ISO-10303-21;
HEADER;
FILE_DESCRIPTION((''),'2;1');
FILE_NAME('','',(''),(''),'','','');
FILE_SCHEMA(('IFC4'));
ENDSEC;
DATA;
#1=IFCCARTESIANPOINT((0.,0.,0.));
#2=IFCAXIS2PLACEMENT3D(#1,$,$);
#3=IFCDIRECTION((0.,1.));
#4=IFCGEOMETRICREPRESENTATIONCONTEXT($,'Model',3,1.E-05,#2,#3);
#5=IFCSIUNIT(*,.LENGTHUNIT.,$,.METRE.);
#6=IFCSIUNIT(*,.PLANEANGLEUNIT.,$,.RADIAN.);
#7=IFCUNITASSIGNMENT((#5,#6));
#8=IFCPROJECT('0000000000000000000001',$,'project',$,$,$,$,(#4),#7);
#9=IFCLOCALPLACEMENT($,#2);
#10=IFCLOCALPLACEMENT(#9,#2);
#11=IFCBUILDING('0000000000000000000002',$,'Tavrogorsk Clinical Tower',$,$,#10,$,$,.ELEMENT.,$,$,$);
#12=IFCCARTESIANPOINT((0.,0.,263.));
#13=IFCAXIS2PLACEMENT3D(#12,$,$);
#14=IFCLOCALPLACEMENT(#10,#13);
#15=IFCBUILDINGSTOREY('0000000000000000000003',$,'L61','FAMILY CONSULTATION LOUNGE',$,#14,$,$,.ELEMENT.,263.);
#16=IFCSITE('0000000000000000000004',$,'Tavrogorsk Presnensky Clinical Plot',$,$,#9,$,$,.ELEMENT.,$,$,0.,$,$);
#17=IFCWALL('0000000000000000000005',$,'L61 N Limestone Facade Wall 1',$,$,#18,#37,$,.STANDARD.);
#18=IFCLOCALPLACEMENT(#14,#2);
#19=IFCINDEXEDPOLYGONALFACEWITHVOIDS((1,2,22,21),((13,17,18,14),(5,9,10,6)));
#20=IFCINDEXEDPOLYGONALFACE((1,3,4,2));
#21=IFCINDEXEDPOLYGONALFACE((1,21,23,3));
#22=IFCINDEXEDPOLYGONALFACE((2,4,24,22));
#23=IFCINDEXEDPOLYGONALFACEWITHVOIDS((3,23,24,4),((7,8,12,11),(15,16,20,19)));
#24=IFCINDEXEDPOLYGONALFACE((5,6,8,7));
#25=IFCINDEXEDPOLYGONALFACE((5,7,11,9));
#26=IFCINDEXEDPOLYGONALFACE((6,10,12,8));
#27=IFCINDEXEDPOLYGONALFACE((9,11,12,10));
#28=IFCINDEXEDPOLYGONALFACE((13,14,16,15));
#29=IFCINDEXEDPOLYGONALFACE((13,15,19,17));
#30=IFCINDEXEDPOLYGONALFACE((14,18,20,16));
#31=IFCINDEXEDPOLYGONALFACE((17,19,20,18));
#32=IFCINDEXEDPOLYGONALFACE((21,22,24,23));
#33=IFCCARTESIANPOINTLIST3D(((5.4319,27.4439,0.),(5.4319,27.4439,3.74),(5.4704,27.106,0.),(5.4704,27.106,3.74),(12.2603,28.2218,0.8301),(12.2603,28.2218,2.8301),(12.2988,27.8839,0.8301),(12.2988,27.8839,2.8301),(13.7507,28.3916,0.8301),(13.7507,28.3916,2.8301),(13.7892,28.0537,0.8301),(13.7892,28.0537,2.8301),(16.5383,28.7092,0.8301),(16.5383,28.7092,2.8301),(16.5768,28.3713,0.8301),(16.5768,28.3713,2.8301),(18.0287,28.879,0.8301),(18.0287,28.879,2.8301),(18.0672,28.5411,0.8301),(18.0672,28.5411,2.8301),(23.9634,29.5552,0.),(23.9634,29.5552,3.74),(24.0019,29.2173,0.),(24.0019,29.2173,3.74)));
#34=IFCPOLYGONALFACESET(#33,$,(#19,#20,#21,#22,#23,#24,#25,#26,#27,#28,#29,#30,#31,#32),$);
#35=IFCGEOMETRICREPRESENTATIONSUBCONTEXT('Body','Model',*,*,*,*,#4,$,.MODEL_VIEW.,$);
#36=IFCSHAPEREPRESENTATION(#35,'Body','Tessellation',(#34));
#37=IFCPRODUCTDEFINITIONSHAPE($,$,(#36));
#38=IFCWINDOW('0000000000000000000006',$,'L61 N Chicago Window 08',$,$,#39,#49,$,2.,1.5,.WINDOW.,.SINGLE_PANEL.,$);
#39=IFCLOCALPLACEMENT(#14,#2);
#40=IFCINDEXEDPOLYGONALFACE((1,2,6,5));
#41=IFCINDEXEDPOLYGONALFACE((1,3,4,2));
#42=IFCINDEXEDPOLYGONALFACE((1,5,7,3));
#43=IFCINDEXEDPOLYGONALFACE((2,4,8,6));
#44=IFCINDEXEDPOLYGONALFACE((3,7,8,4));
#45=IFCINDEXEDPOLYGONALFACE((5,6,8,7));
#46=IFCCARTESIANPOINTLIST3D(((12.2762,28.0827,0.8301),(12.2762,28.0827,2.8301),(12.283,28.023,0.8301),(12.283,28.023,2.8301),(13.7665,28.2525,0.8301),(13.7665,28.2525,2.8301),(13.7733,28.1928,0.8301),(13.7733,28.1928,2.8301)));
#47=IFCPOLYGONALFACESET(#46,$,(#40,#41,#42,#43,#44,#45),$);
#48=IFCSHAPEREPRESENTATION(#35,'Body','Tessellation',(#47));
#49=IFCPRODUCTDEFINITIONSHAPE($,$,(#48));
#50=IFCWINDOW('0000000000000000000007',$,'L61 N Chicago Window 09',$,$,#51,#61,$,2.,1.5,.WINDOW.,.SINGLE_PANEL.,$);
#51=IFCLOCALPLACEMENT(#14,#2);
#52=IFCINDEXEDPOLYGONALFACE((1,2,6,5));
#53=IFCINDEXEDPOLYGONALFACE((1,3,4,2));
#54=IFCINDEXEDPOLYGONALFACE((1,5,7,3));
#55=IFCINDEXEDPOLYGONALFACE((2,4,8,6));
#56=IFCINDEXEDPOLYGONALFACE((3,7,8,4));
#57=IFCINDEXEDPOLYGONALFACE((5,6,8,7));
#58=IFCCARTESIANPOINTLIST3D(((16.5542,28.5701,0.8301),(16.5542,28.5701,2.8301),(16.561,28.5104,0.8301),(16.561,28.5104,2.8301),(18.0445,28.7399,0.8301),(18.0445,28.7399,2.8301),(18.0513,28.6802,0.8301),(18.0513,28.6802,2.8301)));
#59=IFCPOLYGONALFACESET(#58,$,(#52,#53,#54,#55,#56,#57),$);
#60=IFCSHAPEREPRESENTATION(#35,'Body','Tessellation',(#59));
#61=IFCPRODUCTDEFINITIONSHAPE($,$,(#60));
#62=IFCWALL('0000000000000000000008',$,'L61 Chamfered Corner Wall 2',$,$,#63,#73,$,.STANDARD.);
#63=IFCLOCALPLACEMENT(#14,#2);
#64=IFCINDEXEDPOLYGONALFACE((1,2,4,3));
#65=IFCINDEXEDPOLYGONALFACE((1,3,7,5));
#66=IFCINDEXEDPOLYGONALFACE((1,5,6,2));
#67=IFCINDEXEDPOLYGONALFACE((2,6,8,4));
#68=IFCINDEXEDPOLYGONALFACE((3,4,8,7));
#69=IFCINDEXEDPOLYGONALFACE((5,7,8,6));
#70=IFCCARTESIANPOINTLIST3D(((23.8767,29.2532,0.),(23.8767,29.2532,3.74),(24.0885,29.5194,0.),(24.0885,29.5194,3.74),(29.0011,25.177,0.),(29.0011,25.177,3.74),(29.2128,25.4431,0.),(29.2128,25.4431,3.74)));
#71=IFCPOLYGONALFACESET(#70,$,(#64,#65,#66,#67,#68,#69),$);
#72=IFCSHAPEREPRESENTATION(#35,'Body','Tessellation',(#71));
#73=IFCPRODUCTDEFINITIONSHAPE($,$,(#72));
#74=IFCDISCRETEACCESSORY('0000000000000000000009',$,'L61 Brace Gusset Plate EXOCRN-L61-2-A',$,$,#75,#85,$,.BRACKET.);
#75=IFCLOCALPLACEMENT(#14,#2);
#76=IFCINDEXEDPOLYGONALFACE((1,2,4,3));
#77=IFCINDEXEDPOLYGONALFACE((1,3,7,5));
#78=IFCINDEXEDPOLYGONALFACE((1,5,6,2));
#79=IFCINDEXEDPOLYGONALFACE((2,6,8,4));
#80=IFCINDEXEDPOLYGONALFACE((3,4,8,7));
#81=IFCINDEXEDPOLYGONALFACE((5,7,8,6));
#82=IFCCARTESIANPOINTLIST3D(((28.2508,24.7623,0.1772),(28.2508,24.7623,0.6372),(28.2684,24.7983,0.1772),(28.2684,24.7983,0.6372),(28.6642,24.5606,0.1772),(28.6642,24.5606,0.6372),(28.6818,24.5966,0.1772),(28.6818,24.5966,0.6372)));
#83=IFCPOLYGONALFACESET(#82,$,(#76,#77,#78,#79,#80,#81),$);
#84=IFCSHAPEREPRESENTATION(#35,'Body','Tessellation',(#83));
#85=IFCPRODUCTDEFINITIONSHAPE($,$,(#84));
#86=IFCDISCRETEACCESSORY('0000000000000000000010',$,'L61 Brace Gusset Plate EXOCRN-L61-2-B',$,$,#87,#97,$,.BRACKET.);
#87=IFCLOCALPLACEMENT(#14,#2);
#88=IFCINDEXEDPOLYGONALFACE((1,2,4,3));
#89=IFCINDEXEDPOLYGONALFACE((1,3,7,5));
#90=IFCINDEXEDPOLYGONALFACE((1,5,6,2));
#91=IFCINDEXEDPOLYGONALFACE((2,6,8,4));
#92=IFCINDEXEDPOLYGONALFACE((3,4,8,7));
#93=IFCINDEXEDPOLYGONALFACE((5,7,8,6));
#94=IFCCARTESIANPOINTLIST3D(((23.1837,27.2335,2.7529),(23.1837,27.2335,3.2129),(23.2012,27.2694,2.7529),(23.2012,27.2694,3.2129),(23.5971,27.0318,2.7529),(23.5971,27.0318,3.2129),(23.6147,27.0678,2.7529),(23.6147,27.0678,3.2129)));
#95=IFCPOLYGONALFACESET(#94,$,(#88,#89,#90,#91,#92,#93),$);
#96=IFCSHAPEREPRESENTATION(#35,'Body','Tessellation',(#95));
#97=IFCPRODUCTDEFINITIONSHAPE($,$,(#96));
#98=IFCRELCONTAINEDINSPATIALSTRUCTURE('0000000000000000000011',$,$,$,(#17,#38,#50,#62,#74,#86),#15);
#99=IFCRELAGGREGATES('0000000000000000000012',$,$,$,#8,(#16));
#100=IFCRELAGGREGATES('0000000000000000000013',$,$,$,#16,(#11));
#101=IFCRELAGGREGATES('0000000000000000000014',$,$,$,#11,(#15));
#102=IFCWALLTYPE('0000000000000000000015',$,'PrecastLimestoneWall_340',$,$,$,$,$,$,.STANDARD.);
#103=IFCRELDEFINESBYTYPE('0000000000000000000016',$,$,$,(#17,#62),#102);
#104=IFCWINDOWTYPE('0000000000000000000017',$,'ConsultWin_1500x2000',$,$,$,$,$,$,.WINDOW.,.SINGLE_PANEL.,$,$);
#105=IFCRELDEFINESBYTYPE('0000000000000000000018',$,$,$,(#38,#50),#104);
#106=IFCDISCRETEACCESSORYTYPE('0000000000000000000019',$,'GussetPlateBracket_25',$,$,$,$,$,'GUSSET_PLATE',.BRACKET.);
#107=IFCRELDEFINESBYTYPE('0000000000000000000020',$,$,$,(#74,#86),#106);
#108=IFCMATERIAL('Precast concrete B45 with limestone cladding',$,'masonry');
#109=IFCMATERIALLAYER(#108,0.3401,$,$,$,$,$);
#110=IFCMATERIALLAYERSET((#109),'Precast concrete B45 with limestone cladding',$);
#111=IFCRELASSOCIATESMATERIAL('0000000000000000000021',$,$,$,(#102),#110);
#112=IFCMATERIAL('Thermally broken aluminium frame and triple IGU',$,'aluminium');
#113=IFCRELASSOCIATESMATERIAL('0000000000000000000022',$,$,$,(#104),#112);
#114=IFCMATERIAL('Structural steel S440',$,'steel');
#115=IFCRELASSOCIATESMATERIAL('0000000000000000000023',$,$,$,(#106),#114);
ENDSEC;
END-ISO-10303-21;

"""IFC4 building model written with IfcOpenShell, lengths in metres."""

from ifc_helpers import new_model, si_unit, direction, frame, frame_2d, origin, origin_2d, place, context, subcontext, project, spatial, rectangle, extrude, material, layer, layer_set, type_object, element, fill, save


model = new_model("IFC4")

# Units and contexts
model_context = context("Model", 3, precision=1e-05, world=origin(), true_north=direction((0.0, 1.0)))
body_context = subcontext(model_context, "Body", "Model", "MODEL_VIEW")
ifc_project = project(units=[si_unit("LENGTHUNIT", "METRE"), si_unit("PLANEANGLEUNIT", "RADIAN")], contexts=[model_context])

# Site, building, storey
site_placement = place(None, origin())
site = spatial("IfcSite", under=ifc_project, at=site_placement, Name="Tavrogorsk Presnensky Clinical Plot", CompositionType="ELEMENT", RefElevation=0.0)
building_placement = place(site_placement, origin())
building = spatial("IfcBuilding", under=site, at=building_placement, Name="Tavrogorsk Clinical Tower", CompositionType="ELEMENT")
storey_placement = place(building_placement, frame((0.0, 0.0, 263.0)))
storey = spatial("IfcBuildingStorey", under=building, at=storey_placement, Name="L61", Description="FAMILY CONSULTATION LOUNGE", CompositionType="ELEMENT", Elevation=263.0)

# Wall, openings, windows
ifc_material_1 = material(Name="Precast concrete B45 with limestone cladding", Category="masonry")
ifc_layer_1 = layer(ifc_material_1, 0.3401)
ifc_layer_set_1 = layer_set([ifc_layer_1], Name="Precast concrete B45 with limestone cladding")
wall_type_1 = type_object("IfcWallType", Name="PrecastLimestoneWall_340", PredefinedType="STANDARD", material=ifc_layer_set_1)
wall_1_placement = place(storey_placement, frame((23.9827, 29.3862, 0.0), z_axis=(0.0, 0.0, 1.0), x_axis=(-0.993572, -0.1132, 0.0)))
wall_1 = element("IfcWall", 1, at=wall_1_placement, inside=storey, type_object=wall_type_1, Name="L61 N Limestone Facade Wall 1", PredefinedType="STANDARD", context=body_context, shape_type="SweptSolid", body=[
    extrude(rectangle(XDim=18.6514, YDim=0.3401, at=frame_2d((9.3257, 0.0))), origin(), (0.0, 0.0, 1.0), 3.74),
])
opening_1_placement = place(wall_1_placement, frame((10.2788, 0.0, 0.8301)))
opening_1 = element("IfcOpeningElement", 2, at=opening_1_placement, cuts=wall_1, PredefinedType="OPENING", context=body_context, shape_type="SweptSolid", body=[
    extrude(rectangle(XDim=1.5, YDim=2.0, at=frame_2d((0.75, 1.0))), frame((0.0, 0.1799, 0.0), z_axis=(0.0, -1.0, 0.0), x_axis=(1.0, 0.0, 0.0)), (0.0, 0.0, 1.0), 0.3601),
])
opening_2_placement = place(wall_1_placement, frame((5.9731, 0.0, 0.8301)))
opening_2 = element("IfcOpeningElement", 3, at=opening_2_placement, cuts=wall_1, PredefinedType="OPENING", context=body_context, shape_type="SweptSolid", body=[
    extrude(rectangle(XDim=1.5, YDim=2.0, at=frame_2d((0.75, 1.0))), frame((0.0, 0.1799, 0.0), z_axis=(0.0, -1.0, 0.0), x_axis=(1.0, 0.0, 0.0)), (0.0, 0.0, 1.0), 0.3601),
])
ifc_material_2 = material(Name="Thermally broken aluminium frame and triple IGU", Category="aluminium")
window_type = type_object("IfcWindowType", Name="ConsultWin_1500x2000", PartitioningType="SINGLE_PANEL", PredefinedType="WINDOW", material=ifc_material_2)
window_1_placement = place(opening_1_placement, origin())
window_1 = element("IfcWindow", 4, at=window_1_placement, inside=storey, type_object=window_type, Name="L61 N Chicago Window 08", OverallHeight=2.0, OverallWidth=1.5, PartitioningType="SINGLE_PANEL", PredefinedType="WINDOW", context=body_context, shape_type="SweptSolid", body=[
    extrude(rectangle(XDim=1.5, YDim=2.0, at=frame_2d((0.75, 1.0))), frame((0.0, 0.03, 0.0), z_axis=(0.0, -1.0, 0.0), x_axis=(1.0, 0.0, 0.0)), (0.0, 0.0, 1.0), 0.0601),
])
fill(opening_1, window_1)
window_2_placement = place(opening_2_placement, origin())
window_2 = element("IfcWindow", 5, at=window_2_placement, inside=storey, type_object=window_type, Name="L61 N Chicago Window 09", OverallHeight=2.0, OverallWidth=1.5, PartitioningType="SINGLE_PANEL", PredefinedType="WINDOW", context=body_context, shape_type="SweptSolid", body=[
    extrude(rectangle(XDim=1.5, YDim=2.0, at=frame_2d((0.75, 1.0))), frame((0.0, 0.03, 0.0), z_axis=(0.0, -1.0, 0.0), x_axis=(1.0, 0.0, 0.0)), (0.0, 0.0, 1.0), 0.0601),
])
fill(opening_2, window_2)

# Wall
wall_2_placement = place(storey_placement, frame((29.1069, 25.3101, 0.0), z_axis=(0.0, 0.0, 1.0), x_axis=(-0.782597, 0.622528, 0.0)))
element("IfcWall", 6, at=wall_2_placement, inside=storey, type_object=wall_type_1, Name="L61 Chamfered Corner Wall 2", PredefinedType="STANDARD", context=body_context, shape_type="SweptSolid", body=[
    extrude(rectangle(XDim=6.5479, YDim=0.3401, at=frame_2d((3.2739, 0.0))), origin(), (0.0, 0.0, 1.0), 3.74),
])

# Discrete accessories
ifc_material_3 = material(Name="Structural steel S440", Category="steel")
discrete_accessory_type = type_object("IfcDiscreteAccessoryType", Name="GussetPlateBracket_25", ElementType="GUSSET_PLATE", PredefinedType="BRACKET", material=ifc_material_3)
for number, where, z_axis, x_axis, name in (
    (7, (28.4663, 24.6794, 0.1772), (0.0, 0.0, 1.0), (-0.898794, 0.438371, 0.0), "L61 Brace Gusset Plate EXOCRN-L61-2-A"),
    (8, (23.3992, 27.1506, 2.7529), (0.0, 0.0, 1.0), (-0.898794, 0.438371, 0.0), "L61 Brace Gusset Plate EXOCRN-L61-2-B"),
):
    element("IfcDiscreteAccessory", number, at=place(storey_placement, frame(where, z_axis=z_axis, x_axis=x_axis)), inside=storey, type_object=discrete_accessory_type, Name=name, PredefinedType="BRACKET", context=body_context, shape_type="SweptSolid", body=[
        extrude(rectangle(XDim=0.46, YDim=0.04, at=origin_2d()), origin(), (0.0, 0.0, 1.0), 0.46),
    ])

save(model, "model.ifc")
